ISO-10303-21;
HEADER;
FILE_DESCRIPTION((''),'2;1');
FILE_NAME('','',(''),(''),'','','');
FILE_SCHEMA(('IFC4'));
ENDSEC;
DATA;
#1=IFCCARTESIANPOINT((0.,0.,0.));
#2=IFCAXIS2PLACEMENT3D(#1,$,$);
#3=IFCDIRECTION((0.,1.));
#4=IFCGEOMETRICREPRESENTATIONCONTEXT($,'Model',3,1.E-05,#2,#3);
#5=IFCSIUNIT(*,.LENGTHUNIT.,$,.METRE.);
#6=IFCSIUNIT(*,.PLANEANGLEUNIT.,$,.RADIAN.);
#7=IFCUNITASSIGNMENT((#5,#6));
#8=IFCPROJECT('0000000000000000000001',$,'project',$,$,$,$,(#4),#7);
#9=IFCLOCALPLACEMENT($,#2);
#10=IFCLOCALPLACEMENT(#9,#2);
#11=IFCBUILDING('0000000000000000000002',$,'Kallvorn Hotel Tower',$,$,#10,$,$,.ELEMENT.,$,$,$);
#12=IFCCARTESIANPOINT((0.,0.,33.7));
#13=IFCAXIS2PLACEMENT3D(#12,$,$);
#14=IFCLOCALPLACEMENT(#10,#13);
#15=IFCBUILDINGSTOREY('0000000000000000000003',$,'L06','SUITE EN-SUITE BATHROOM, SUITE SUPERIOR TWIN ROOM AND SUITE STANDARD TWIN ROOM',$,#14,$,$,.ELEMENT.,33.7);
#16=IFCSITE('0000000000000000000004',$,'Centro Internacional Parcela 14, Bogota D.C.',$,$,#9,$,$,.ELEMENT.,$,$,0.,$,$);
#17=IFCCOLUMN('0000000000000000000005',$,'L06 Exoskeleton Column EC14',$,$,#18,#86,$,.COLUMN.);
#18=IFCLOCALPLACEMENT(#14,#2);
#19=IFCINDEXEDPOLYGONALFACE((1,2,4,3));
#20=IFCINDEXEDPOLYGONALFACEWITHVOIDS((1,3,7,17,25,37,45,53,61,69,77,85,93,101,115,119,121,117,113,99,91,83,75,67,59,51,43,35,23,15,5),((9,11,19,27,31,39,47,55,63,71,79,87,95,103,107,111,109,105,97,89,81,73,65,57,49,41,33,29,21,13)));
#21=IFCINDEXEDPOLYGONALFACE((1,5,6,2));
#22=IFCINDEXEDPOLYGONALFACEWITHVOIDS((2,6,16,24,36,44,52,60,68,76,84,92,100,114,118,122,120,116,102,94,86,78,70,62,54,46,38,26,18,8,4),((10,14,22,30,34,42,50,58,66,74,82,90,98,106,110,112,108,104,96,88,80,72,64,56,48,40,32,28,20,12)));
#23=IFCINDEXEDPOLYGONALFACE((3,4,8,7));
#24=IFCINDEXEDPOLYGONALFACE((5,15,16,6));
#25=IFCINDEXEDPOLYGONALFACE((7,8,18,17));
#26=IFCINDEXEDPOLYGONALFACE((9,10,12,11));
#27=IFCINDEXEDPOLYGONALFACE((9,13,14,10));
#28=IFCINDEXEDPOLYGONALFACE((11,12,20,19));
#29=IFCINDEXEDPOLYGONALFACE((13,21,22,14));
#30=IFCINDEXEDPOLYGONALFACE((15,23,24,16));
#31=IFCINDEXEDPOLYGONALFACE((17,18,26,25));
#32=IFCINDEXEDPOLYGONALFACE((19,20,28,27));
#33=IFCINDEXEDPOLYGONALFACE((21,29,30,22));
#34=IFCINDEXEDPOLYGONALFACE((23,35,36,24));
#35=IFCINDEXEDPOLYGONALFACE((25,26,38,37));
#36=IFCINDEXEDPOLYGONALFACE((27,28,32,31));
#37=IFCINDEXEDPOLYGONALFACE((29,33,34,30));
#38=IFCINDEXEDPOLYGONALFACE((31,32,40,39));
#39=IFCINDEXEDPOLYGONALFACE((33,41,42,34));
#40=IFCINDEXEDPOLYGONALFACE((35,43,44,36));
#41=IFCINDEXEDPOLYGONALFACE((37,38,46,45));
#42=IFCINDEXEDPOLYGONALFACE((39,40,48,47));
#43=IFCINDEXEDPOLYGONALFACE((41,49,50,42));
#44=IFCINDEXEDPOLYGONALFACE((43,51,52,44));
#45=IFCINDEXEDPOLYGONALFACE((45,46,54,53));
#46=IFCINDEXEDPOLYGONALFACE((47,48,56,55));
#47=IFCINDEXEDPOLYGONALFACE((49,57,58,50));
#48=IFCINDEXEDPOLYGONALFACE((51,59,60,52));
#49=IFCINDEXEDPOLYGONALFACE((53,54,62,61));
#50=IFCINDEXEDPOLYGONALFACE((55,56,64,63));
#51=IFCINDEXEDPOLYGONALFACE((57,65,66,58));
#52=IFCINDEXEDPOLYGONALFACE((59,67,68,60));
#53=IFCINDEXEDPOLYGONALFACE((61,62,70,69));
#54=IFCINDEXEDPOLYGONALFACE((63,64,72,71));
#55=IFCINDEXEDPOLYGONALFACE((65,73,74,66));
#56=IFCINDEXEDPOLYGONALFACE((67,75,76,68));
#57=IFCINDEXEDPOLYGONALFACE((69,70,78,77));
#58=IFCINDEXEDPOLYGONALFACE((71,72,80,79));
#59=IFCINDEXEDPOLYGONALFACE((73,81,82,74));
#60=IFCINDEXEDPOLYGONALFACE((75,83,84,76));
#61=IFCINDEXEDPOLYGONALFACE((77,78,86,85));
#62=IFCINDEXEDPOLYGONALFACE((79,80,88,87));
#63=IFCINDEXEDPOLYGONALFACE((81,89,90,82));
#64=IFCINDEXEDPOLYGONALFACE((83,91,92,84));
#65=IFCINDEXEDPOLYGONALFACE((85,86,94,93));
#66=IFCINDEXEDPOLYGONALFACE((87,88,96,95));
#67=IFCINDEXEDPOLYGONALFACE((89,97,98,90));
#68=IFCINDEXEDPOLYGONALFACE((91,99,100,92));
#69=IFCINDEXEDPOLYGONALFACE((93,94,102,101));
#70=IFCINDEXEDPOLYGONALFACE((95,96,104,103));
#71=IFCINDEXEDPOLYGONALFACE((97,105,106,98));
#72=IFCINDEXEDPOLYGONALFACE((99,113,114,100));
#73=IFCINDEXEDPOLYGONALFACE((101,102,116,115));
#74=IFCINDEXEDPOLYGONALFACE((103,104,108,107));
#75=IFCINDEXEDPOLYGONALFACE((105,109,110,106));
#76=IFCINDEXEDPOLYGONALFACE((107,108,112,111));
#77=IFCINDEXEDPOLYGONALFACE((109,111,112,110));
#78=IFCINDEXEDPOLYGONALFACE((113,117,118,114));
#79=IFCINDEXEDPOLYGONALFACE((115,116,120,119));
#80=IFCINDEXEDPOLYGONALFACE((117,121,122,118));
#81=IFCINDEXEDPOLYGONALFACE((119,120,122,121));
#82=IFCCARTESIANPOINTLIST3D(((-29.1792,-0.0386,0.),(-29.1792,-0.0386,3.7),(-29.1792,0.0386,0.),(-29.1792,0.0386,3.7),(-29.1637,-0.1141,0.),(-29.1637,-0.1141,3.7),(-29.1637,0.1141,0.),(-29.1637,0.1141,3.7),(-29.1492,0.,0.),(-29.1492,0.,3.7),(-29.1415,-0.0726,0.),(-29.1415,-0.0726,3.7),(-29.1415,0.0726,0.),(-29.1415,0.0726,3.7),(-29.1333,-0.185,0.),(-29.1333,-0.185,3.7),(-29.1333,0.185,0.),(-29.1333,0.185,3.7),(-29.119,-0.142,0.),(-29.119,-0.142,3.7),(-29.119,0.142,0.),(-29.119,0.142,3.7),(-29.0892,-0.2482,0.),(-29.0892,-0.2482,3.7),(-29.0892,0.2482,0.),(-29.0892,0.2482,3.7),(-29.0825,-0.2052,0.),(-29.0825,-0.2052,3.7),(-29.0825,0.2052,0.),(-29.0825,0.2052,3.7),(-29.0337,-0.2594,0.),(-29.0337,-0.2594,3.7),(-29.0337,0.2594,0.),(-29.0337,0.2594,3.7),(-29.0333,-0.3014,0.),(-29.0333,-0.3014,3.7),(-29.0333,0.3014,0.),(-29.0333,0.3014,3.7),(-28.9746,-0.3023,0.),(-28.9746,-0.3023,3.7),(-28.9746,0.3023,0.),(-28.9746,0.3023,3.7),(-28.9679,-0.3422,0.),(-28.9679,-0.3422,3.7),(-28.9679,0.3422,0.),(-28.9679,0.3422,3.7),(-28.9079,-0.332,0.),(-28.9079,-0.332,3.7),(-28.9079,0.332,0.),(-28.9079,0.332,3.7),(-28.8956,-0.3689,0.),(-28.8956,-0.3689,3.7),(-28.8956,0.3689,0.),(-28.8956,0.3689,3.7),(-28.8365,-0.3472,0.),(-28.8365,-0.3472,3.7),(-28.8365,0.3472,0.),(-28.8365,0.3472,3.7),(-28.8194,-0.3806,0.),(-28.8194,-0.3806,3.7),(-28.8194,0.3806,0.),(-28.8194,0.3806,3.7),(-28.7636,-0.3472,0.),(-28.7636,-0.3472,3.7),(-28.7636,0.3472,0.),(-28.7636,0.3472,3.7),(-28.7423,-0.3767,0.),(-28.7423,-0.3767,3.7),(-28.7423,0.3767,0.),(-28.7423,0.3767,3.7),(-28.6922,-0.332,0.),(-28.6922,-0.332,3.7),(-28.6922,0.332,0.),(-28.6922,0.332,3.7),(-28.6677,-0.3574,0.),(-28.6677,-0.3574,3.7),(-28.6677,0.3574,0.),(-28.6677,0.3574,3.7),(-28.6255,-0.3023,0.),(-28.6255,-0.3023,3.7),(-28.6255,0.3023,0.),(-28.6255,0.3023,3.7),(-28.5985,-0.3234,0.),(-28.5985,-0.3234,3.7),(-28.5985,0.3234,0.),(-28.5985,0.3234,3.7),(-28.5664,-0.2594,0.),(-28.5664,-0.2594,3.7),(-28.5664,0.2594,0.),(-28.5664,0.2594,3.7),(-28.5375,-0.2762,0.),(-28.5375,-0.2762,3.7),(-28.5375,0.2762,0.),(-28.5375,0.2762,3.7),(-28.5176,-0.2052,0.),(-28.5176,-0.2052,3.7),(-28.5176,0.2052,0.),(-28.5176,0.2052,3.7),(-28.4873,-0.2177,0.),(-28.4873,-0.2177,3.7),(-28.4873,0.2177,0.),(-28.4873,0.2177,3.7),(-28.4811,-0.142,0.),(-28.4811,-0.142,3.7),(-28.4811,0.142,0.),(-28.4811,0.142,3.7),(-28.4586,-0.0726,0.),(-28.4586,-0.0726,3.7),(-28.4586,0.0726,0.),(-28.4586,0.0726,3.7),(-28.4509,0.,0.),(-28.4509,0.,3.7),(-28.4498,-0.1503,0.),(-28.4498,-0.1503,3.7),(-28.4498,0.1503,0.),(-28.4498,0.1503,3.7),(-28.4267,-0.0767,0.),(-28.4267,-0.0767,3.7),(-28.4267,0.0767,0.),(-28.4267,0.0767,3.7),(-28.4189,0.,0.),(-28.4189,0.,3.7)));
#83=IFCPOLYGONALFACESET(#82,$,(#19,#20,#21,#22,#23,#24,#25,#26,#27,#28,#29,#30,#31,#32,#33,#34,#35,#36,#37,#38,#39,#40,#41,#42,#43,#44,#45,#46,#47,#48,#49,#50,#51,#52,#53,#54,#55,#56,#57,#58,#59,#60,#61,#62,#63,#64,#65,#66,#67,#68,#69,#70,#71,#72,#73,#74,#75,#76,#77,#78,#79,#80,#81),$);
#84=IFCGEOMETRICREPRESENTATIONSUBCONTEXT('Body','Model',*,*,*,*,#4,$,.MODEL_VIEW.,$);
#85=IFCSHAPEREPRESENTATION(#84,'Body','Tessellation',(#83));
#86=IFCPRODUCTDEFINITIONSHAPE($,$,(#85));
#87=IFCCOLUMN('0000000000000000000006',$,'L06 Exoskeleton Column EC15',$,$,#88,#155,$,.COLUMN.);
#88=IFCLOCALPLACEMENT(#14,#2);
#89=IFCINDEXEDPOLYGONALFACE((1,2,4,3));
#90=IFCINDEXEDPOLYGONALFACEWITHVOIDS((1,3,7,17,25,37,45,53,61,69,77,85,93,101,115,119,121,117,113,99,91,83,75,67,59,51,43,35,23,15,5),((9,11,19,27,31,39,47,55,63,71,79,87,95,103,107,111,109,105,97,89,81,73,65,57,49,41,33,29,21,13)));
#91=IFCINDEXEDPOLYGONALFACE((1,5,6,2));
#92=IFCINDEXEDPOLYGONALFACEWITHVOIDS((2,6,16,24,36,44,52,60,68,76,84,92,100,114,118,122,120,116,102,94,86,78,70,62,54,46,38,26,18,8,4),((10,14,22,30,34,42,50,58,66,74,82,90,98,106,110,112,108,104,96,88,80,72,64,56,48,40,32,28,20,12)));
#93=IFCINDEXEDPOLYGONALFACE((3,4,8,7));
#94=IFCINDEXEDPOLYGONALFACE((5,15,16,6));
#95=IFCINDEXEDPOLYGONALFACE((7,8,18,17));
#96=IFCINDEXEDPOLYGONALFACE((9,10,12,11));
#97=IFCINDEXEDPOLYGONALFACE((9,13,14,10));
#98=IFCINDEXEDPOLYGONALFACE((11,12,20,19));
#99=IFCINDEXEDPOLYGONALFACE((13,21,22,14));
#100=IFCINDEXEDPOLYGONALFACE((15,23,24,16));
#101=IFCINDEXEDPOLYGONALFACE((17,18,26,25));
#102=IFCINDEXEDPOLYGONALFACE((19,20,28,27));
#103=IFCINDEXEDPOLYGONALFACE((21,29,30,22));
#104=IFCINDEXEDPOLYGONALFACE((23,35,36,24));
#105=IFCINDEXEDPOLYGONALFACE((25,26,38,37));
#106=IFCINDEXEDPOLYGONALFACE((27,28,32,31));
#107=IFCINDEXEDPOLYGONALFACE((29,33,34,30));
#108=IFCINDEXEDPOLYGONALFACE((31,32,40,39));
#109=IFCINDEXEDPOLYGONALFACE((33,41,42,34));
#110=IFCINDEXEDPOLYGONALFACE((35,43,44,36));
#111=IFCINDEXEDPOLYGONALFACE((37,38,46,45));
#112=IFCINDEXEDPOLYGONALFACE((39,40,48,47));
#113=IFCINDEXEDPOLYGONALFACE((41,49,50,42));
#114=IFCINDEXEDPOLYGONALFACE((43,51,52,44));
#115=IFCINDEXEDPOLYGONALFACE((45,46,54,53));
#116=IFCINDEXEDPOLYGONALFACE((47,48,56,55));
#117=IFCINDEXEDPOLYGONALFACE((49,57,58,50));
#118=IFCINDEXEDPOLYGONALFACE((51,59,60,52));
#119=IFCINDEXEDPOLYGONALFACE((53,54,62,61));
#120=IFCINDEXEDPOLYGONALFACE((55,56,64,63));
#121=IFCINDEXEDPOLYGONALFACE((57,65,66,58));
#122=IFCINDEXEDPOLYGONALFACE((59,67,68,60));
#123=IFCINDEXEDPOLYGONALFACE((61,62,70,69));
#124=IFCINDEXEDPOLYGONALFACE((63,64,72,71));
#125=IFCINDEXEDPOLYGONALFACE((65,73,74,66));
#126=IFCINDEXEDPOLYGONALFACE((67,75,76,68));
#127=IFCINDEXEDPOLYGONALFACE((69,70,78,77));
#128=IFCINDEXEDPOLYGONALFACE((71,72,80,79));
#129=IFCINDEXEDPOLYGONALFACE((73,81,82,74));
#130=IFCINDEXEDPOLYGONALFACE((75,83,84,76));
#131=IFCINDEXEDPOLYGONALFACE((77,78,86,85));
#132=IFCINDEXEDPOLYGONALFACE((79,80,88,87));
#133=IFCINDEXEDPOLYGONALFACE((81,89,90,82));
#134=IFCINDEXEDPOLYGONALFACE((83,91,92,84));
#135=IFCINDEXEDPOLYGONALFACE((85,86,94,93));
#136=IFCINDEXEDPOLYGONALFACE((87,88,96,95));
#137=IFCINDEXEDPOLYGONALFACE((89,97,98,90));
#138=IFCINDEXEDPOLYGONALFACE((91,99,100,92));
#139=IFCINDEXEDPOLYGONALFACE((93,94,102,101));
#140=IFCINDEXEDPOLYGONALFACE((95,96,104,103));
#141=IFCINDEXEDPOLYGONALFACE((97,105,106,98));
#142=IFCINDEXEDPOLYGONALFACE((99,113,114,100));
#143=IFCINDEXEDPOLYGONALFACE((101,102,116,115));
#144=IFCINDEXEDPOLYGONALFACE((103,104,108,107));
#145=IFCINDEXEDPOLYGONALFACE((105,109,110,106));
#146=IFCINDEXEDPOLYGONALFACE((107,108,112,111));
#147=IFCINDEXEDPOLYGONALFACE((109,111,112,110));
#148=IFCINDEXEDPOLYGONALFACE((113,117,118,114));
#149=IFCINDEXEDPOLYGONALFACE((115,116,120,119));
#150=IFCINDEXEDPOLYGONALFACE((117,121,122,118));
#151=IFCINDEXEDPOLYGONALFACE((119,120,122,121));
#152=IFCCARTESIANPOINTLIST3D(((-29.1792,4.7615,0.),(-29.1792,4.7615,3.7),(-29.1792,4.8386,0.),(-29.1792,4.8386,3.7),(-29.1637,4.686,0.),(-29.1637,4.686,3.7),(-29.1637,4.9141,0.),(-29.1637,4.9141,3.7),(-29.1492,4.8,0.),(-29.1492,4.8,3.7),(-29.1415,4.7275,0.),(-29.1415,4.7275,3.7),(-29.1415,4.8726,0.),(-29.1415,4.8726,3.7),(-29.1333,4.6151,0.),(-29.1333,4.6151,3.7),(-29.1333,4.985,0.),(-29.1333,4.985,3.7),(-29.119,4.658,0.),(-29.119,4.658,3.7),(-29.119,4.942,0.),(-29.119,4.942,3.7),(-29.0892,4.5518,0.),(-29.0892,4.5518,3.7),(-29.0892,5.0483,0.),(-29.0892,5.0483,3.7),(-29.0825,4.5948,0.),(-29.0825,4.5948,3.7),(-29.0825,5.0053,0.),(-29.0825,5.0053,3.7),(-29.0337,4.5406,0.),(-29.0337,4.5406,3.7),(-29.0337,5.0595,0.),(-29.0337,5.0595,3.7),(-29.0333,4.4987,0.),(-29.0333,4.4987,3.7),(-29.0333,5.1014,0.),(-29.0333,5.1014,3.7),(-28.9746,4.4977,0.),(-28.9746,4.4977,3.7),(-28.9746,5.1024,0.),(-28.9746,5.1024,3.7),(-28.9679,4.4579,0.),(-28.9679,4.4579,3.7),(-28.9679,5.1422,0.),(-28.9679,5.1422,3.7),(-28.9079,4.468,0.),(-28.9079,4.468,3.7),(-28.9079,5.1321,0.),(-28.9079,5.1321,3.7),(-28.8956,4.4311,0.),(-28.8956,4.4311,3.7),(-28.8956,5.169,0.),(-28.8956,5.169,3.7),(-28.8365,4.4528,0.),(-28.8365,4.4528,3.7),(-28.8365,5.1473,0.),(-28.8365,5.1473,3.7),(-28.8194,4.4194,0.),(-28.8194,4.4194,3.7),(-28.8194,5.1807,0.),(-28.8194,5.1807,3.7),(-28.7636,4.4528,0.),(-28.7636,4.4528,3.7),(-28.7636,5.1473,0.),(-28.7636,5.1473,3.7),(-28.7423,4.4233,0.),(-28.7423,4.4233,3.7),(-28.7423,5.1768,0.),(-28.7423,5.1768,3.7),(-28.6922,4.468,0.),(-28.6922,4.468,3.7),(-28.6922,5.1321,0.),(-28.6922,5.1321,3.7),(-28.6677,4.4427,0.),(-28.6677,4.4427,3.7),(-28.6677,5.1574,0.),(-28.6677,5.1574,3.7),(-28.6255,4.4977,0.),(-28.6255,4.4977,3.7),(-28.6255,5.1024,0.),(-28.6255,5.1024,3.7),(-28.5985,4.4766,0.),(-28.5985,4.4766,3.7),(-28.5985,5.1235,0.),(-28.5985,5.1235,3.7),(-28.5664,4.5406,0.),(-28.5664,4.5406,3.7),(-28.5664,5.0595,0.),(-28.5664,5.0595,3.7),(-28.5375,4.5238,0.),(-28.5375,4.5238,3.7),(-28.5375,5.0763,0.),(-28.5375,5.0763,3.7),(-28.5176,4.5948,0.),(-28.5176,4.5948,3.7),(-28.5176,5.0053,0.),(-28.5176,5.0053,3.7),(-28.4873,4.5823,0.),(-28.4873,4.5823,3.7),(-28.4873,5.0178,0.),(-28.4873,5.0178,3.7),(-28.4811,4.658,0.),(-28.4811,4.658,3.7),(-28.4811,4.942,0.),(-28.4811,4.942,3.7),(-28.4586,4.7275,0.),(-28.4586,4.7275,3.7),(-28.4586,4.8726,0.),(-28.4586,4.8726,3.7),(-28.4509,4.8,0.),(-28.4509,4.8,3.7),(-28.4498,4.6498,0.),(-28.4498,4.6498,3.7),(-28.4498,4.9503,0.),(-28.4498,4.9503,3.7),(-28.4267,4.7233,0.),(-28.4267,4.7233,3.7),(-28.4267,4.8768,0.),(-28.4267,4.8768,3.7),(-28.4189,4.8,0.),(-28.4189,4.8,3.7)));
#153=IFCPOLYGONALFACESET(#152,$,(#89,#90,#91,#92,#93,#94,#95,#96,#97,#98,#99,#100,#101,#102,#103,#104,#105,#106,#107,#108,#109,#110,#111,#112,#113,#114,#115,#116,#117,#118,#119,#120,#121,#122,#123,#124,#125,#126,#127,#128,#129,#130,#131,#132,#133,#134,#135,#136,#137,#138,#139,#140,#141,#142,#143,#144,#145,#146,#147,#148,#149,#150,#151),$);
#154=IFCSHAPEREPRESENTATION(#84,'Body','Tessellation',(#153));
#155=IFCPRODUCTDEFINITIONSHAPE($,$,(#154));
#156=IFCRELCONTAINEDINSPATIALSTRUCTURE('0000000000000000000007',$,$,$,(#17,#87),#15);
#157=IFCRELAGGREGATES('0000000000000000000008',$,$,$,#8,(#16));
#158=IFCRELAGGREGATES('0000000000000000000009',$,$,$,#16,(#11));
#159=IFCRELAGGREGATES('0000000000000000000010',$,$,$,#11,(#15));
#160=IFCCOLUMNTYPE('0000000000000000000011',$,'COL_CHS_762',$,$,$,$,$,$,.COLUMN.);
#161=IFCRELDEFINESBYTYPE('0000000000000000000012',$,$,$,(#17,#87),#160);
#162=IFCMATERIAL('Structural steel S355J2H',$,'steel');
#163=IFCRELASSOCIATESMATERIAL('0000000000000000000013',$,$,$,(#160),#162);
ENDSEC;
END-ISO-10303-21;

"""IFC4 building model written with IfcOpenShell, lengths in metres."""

from ifc_helpers import new_model, si_unit, direction, frame, origin, origin_2d, place, context, subcontext, project, spatial, hollow_circle, extrude, material, material_profile, profile_set, type_object, element, save


model = new_model("IFC4")

# Units and contexts
model_context = context("Model", 3, precision=1e-05, world=origin(), true_north=direction((0.0, 1.0)))
body_context = subcontext(model_context, "Body", "Model", "MODEL_VIEW")
ifc_project = project(units=[si_unit("LENGTHUNIT", "METRE"), si_unit("PLANEANGLEUNIT", "RADIAN")], contexts=[model_context])

# Site, building, storey
site_placement = place(None, origin())
site = spatial("IfcSite", under=ifc_project, at=site_placement, Name="Centro Internacional Parcela 14, Bogota D.C.", CompositionType="ELEMENT", RefElevation=0.0)
building_placement = place(site_placement, origin())
building = spatial("IfcBuilding", under=site, at=building_placement, Name="Kallvorn Hotel Tower", CompositionType="ELEMENT")
storey_placement = place(building_placement, frame((0.0, 0.0, 33.7)))
storey = spatial("IfcBuildingStorey", under=building, at=storey_placement, Name="L06", Description="SUITE EN-SUITE BATHROOM, SUITE SUPERIOR TWIN ROOM AND SUITE STANDARD TWIN ROOM", CompositionType="ELEMENT", Elevation=33.7)

# Columns
ifc_material_1 = material(Name="Structural steel S355J2H", Category="steel")
ifc_material_profile_1 = material_profile(ifc_material_1, hollow_circle(Radius=0.3811, WallThickness=0.032, at=origin_2d()), Name="CHS 762x32")
ifc_profile_set_1 = profile_set([ifc_material_profile_1], Name="Structural steel S355J2H")
column_type_1 = type_object("IfcColumnType", Name="COL_CHS_762", PredefinedType="COLUMN", material=ifc_profile_set_1)
for number, where, z_axis, x_axis, name in (
    (1, (-28.8, 0.0, 0.0), (0.0, 0.0, 1.0), (1.0, 0.0, 0.0), "L06 Exoskeleton Column EC14"),
    (2, (-28.8, 4.8, 0.0), (0.0, 0.0, 1.0), (1.0, 0.0, 0.0), "L06 Exoskeleton Column EC15"),
):
    element("IfcColumn", number, at=place(storey_placement, frame(where, z_axis=z_axis, x_axis=x_axis)), inside=storey, type_object=column_type_1, Name=name, PredefinedType="COLUMN", context=body_context, shape_type="SweptSolid", body=[
        extrude(hollow_circle(Radius=0.3811, WallThickness=0.032, at=origin_2d()), origin(), (0.0, 0.0, 1.0), 3.7),
    ])

save(model, "model.ifc")
